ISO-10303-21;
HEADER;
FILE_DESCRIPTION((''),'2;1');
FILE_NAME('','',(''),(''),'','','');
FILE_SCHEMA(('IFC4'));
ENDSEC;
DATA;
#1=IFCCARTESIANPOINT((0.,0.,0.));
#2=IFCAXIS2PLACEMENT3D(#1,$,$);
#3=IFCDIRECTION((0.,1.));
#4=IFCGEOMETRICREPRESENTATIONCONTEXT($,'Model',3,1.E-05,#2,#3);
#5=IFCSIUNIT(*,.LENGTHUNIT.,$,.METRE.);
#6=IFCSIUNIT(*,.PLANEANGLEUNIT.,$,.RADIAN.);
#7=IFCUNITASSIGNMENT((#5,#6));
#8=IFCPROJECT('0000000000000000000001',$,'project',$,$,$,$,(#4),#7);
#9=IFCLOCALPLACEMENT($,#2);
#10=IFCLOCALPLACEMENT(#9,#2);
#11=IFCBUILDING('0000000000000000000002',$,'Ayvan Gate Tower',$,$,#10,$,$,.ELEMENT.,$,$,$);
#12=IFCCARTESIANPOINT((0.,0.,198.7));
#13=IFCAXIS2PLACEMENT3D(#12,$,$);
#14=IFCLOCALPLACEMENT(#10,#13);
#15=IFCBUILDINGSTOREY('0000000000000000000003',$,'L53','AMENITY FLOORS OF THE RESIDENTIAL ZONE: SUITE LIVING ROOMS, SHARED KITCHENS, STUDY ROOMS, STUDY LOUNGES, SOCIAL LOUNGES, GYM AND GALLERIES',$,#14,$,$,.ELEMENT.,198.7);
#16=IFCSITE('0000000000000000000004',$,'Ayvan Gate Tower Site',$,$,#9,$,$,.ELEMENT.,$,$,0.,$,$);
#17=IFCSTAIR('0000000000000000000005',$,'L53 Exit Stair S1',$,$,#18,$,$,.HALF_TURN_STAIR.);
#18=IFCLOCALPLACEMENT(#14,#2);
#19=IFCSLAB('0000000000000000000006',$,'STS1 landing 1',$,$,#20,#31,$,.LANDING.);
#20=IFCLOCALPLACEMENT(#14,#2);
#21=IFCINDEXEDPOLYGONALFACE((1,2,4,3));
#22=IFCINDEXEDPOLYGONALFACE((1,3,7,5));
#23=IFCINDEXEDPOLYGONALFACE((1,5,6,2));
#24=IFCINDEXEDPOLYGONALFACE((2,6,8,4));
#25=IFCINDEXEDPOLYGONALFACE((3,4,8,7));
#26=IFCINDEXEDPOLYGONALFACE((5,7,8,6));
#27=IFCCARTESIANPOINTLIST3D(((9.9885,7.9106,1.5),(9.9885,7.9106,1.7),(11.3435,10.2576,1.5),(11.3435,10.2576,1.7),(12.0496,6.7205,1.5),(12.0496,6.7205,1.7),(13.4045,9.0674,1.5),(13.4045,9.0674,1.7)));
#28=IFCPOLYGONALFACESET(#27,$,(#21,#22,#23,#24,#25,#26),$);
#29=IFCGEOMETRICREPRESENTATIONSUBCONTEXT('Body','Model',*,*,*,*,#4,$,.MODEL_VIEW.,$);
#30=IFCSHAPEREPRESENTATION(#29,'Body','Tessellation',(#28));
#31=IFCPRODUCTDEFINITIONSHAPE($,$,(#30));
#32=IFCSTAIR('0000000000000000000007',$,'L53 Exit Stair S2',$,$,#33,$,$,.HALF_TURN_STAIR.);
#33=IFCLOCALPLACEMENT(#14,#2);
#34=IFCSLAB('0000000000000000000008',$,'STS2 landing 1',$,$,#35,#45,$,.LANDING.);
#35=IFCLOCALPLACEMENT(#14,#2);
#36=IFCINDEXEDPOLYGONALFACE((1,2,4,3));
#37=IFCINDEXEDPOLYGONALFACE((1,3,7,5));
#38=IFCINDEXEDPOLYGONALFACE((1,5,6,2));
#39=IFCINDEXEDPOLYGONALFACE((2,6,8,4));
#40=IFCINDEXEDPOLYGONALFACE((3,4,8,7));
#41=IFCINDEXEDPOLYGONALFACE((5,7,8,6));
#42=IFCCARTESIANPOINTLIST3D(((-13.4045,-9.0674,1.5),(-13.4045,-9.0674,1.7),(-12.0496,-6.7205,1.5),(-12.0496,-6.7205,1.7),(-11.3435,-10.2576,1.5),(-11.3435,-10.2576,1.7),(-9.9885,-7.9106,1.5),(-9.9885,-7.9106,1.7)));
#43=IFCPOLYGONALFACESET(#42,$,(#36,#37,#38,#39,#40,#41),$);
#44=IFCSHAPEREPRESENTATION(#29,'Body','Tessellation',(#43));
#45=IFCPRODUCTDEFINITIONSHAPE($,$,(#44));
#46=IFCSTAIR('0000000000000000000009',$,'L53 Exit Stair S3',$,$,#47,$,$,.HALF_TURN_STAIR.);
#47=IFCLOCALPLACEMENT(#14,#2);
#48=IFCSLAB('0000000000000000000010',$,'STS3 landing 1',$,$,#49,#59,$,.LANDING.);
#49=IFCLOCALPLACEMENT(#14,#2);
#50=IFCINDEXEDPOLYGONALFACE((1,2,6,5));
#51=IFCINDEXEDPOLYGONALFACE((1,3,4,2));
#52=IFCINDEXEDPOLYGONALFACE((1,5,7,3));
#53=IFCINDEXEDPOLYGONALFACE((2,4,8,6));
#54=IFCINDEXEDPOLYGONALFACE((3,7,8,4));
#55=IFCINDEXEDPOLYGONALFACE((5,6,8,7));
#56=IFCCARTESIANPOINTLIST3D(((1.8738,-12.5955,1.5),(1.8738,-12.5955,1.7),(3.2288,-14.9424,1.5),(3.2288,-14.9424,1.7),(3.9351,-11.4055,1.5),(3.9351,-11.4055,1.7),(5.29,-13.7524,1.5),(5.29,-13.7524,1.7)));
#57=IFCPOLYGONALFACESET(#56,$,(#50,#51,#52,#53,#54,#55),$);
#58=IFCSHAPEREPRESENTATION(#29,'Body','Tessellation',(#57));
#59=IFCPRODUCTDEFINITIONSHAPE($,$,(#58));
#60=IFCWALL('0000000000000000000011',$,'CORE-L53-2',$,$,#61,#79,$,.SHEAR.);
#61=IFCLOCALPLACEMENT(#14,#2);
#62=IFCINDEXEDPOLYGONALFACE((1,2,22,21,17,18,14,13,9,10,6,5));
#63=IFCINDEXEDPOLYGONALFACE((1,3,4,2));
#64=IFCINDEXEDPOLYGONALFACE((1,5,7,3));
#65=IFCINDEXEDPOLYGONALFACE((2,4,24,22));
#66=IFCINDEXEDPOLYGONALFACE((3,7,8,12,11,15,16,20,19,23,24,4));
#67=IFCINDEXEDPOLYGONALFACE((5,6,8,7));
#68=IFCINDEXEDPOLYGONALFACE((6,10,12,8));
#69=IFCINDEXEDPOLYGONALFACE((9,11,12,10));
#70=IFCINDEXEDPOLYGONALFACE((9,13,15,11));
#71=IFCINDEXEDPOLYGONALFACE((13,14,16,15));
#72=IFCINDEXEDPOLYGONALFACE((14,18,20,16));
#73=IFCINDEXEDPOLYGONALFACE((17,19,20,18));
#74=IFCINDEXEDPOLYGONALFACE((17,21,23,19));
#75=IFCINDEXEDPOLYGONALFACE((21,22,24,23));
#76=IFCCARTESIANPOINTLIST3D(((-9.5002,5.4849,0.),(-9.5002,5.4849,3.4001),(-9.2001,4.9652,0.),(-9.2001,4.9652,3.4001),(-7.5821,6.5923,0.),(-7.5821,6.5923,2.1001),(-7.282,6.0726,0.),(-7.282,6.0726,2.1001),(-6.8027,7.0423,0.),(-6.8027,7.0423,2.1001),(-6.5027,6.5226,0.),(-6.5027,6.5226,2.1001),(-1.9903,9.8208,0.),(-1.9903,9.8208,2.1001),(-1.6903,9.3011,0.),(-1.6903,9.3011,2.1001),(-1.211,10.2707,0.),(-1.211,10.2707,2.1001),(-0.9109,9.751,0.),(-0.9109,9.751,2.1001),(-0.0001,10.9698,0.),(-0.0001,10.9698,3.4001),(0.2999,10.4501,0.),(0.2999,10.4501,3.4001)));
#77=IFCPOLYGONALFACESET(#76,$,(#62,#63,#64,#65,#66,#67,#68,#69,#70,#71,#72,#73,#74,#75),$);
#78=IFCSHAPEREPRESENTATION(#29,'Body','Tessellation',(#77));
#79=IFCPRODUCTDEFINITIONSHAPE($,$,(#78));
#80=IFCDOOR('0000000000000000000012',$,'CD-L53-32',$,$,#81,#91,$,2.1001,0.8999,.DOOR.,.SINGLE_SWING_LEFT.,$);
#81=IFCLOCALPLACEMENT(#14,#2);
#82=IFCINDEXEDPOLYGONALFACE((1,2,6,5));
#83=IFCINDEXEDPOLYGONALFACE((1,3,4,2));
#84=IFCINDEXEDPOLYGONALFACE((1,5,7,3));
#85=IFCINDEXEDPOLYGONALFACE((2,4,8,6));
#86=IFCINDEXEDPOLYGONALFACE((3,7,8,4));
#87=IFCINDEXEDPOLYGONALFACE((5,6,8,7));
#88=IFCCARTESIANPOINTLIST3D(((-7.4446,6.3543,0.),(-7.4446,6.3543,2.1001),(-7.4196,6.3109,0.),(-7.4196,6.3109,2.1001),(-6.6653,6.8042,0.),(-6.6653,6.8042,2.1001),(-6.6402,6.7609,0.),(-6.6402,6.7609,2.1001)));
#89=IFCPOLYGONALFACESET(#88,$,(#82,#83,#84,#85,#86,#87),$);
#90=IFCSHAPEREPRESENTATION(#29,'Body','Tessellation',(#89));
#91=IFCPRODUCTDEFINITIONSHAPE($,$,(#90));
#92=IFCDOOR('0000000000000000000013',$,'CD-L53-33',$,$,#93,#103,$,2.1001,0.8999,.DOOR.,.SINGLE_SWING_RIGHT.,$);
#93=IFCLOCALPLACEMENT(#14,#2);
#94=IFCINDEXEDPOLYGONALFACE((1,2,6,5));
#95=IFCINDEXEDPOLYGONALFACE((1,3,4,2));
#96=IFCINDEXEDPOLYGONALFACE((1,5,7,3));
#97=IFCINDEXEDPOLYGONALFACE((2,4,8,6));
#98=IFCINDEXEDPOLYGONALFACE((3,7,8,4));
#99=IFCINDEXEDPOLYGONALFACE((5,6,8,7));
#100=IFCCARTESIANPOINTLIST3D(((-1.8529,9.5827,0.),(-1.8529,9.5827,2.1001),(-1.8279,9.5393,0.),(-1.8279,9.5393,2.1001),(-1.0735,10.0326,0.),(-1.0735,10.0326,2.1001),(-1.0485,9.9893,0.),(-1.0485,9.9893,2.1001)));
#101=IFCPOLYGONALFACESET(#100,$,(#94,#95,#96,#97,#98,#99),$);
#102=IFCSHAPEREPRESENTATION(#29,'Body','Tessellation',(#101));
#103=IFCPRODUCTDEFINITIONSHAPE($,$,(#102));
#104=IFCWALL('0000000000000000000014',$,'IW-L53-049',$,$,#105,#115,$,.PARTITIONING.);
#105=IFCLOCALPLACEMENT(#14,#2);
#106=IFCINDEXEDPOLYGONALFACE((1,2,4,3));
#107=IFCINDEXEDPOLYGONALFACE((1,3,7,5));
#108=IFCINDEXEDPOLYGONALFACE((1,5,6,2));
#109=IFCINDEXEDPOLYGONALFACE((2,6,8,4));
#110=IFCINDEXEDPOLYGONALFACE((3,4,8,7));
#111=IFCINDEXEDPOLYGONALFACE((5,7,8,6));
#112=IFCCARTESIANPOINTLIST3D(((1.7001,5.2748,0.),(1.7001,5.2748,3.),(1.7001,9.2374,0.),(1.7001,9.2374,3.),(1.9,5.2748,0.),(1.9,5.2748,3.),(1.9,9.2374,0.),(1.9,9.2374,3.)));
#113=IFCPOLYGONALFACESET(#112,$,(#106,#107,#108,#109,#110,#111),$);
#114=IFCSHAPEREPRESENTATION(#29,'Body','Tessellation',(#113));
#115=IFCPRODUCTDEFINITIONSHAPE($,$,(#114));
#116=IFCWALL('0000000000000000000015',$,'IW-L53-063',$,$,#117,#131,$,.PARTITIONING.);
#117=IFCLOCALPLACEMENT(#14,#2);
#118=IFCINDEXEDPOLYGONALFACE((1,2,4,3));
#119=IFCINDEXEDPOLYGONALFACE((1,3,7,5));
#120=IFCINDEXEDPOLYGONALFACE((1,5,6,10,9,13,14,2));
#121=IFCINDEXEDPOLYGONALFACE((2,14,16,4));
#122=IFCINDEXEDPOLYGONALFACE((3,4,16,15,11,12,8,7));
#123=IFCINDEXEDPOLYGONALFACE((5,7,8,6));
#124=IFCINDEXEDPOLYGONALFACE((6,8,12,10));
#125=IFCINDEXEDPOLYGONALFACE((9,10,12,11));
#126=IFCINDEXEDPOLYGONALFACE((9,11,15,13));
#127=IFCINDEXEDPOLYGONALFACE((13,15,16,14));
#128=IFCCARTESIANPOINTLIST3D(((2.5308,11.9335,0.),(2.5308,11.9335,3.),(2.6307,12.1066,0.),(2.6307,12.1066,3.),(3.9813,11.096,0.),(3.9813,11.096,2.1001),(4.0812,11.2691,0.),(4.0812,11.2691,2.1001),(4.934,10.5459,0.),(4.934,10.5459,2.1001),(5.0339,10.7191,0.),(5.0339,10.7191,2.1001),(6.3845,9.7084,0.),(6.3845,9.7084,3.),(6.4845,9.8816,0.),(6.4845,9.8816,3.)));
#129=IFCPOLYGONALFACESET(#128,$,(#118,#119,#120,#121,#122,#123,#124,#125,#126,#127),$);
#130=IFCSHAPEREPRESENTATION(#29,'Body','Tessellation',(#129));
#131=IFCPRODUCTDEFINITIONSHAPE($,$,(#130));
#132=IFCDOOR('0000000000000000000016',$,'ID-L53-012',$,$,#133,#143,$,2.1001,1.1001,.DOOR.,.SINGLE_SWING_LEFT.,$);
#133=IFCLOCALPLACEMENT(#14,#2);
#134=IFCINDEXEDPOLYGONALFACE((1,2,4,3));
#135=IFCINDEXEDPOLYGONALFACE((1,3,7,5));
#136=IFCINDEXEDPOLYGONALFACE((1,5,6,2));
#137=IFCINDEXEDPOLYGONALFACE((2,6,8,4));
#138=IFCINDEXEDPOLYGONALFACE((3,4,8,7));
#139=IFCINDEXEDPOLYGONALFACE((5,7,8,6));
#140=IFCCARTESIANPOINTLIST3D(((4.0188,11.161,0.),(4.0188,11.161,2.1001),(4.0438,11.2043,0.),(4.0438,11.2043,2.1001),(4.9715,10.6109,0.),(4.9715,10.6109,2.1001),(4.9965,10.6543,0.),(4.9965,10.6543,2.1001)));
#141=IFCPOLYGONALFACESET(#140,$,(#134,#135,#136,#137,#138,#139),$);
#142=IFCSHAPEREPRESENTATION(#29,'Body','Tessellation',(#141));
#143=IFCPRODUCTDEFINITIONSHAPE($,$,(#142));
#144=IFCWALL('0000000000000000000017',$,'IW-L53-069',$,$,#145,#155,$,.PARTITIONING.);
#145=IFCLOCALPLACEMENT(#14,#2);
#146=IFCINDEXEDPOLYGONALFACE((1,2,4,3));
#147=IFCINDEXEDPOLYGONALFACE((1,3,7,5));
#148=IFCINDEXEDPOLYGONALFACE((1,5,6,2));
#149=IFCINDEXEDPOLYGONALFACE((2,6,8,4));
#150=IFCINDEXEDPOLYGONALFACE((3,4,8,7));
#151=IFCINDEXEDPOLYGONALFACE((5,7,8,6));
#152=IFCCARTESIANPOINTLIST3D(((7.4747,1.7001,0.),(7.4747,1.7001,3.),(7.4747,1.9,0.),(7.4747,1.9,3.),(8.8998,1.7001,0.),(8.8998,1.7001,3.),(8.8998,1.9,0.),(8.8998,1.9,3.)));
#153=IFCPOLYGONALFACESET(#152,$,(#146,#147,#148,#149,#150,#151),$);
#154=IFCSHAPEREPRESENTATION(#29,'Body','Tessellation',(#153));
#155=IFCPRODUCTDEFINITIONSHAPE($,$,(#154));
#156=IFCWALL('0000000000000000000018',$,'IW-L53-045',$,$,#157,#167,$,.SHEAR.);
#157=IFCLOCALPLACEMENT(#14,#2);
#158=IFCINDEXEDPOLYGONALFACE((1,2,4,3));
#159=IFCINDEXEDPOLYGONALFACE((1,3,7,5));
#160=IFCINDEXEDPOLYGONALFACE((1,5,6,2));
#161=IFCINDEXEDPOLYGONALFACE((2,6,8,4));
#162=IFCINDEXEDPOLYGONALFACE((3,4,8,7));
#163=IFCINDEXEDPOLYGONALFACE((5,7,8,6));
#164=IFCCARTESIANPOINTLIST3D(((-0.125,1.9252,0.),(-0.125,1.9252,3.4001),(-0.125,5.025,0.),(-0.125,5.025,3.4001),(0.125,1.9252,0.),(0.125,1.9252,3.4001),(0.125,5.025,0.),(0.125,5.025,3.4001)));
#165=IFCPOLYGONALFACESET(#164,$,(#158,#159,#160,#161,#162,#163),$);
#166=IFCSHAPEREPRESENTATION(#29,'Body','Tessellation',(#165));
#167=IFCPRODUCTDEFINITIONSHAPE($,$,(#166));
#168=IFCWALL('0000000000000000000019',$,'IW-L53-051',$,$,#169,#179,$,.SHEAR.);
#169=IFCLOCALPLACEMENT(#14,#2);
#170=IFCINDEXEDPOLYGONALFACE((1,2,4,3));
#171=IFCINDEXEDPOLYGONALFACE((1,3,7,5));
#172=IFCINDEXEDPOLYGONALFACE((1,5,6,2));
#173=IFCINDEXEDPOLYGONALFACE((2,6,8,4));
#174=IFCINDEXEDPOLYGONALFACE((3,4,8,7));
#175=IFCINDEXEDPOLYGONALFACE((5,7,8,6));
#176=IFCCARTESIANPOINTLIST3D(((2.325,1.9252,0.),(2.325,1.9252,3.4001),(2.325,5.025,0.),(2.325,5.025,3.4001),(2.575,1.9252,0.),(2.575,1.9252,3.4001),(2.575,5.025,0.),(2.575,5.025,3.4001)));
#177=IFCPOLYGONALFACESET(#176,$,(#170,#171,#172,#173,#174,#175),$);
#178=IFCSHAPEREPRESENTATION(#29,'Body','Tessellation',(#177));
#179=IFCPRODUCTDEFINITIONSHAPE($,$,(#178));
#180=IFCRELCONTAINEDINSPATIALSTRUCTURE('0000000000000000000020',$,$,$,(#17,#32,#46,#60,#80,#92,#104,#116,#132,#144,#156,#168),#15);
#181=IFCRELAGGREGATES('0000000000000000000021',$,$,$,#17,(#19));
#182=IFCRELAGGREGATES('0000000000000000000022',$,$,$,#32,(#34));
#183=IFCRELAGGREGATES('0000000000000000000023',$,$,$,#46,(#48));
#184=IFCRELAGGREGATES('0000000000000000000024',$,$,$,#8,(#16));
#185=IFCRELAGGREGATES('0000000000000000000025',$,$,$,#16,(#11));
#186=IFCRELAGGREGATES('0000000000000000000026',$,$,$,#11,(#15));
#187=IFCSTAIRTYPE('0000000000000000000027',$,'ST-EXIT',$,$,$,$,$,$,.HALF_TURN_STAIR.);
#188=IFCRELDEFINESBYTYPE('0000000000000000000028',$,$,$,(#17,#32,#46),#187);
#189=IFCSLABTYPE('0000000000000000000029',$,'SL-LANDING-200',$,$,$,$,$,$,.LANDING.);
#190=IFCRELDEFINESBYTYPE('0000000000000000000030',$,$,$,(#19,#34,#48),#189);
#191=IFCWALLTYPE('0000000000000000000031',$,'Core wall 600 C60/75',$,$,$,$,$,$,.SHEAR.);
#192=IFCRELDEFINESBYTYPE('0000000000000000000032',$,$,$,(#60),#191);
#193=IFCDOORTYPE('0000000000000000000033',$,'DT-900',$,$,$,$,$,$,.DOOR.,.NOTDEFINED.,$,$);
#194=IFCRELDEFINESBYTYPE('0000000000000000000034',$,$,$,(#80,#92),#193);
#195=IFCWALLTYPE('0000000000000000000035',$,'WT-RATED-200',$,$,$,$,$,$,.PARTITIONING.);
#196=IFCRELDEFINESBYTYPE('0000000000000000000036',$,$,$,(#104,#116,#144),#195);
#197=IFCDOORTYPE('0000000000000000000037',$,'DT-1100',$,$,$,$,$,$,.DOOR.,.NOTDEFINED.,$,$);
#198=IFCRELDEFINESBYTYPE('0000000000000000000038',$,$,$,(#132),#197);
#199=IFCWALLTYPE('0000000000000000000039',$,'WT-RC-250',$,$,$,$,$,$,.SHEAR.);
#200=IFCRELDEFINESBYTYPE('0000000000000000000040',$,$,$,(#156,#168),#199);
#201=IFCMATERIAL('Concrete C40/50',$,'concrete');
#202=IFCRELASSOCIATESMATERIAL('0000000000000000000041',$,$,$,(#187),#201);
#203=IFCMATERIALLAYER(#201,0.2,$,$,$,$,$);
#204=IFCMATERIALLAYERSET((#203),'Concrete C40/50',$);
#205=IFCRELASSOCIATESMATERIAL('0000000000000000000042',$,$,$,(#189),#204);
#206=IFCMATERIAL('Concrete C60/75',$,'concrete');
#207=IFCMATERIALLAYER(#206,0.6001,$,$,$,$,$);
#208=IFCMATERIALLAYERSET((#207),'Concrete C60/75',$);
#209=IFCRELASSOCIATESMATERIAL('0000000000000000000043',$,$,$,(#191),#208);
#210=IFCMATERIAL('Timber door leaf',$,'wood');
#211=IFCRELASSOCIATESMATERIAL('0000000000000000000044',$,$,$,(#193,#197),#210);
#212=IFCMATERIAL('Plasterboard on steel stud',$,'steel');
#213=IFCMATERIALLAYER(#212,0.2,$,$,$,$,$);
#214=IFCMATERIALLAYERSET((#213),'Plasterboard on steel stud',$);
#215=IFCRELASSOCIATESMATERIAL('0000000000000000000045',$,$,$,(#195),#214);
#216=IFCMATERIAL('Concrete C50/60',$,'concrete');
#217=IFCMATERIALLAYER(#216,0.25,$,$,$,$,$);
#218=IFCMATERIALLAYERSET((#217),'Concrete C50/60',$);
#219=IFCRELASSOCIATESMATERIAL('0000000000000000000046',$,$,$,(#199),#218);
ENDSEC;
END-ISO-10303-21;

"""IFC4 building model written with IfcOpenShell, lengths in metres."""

from ifc_helpers import new_model, si_unit, direction, frame, frame_2d, origin, place, context, subcontext, project, spatial, polyline, rectangle, outline, extrude, material, layer, layer_set, type_object, element, fill, aggregate, save


model = new_model("IFC4")

# Units and contexts
model_context = context("Model", 3, precision=1e-05, world=origin(), true_north=direction((0.0, 1.0)))
body_context = subcontext(model_context, "Body", "Model", "MODEL_VIEW")
ifc_project = project(units=[si_unit("LENGTHUNIT", "METRE"), si_unit("PLANEANGLEUNIT", "RADIAN")], contexts=[model_context])

# Site, building, storey
site_placement = place(None, origin())
site = spatial("IfcSite", under=ifc_project, at=site_placement, Name="Ayvan Gate Tower Site", CompositionType="ELEMENT", RefElevation=0.0)
building_placement = place(site_placement, origin())
building = spatial("IfcBuilding", under=site, at=building_placement, Name="Ayvan Gate Tower", CompositionType="ELEMENT")
storey_placement = place(building_placement, frame((0.0, 0.0, 198.7)))
storey = spatial("IfcBuildingStorey", under=building, at=storey_placement, Name="L53", Description="AMENITY FLOORS OF THE RESIDENTIAL ZONE: SUITE LIVING ROOMS, SHARED KITCHENS, STUDY ROOMS, STUDY LOUNGES, SOCIAL LOUNGES, GYM AND GALLERIES", CompositionType="ELEMENT", Elevation=198.7)

# Stairs, slabs
ifc_material_1 = material(Name="Concrete C40/50", Category="concrete")
stair_type = type_object("IfcStairType", Name="ST-EXIT", PredefinedType="HALF_TURN_STAIR", material=ifc_material_1)
stair_1_placement = place(storey_placement, origin())
stair_1 = element("IfcStair", 1, at=stair_1_placement, inside=storey, type_object=stair_type, Name="L53 Exit Stair S1", PredefinedType="HALF_TURN_STAIR")
ifc_layer_1 = layer(ifc_material_1, 0.2)
ifc_layer_set_1 = layer_set([ifc_layer_1], Name="Concrete C40/50")
slab_type = type_object("IfcSlabType", Name="SL-LANDING-200", PredefinedType="LANDING", material=ifc_layer_set_1)
slab_1_placement = place(storey_placement, frame((0.0, 0.0, 1.5)))
slab_1 = element("IfcSlab", 2, at=slab_1_placement, type_object=slab_type, Name="STS1 landing 1", PredefinedType="LANDING", context=body_context, shape_type="SweptSolid", body=[
    extrude(outline(polyline([(9.9885, 7.9106), (12.0496, 6.7205), (13.4045, 9.0674), (11.3435, 10.2576), (9.9885, 7.9106)])), origin(), (0.0, 0.0, 1.0), 0.2),
])
aggregate(stair_1, [slab_1])
stair_2_placement = place(storey_placement, origin())
stair_2 = element("IfcStair", 3, at=stair_2_placement, inside=storey, type_object=stair_type, Name="L53 Exit Stair S2", PredefinedType="HALF_TURN_STAIR")
slab_2_placement = place(storey_placement, frame((0.0, 0.0, 1.5)))
slab_2 = element("IfcSlab", 4, at=slab_2_placement, type_object=slab_type, Name="STS2 landing 1", PredefinedType="LANDING", context=body_context, shape_type="SweptSolid", body=[
    extrude(outline(polyline([(-9.9885, -7.9106), (-12.0496, -6.7205), (-13.4045, -9.0674), (-11.3435, -10.2576), (-9.9885, -7.9106)])), origin(), (0.0, 0.0, 1.0), 0.2),
])
aggregate(stair_2, [slab_2])
stair_3_placement = place(storey_placement, origin())
stair_3 = element("IfcStair", 5, at=stair_3_placement, inside=storey, type_object=stair_type, Name="L53 Exit Stair S3", PredefinedType="HALF_TURN_STAIR")
slab_3_placement = place(storey_placement, frame((0.0, 0.0, 1.5)))
slab_3 = element("IfcSlab", 6, at=slab_3_placement, type_object=slab_type, Name="STS3 landing 1", PredefinedType="LANDING", context=body_context, shape_type="SweptSolid", body=[
    extrude(outline(polyline([(3.9351, -11.4055), (1.8738, -12.5955), (3.2288, -14.9424), (5.29, -13.7524), (3.9351, -11.4055)])), origin(), (0.0, 0.0, 1.0), 0.2),
])
aggregate(stair_3, [slab_3])

# Wall, openings, doors
ifc_material_2 = material(Name="Concrete C60/75", Category="concrete")
ifc_layer_2 = layer(ifc_material_2, 0.6001)
ifc_layer_set_2 = layer_set([ifc_layer_2], Name="Concrete C60/75")
wall_type_1 = type_object("IfcWallType", Name="Core wall 600 C60/75", PredefinedType="SHEAR", material=ifc_layer_set_2)
wall_1_placement = place(storey_placement, frame((0.1499, 10.71, 0.0), z_axis=(0.0, 0.0, 1.0), x_axis=(-0.866024, -0.500002, 0.0)))
wall_1 = element("IfcWall", 7, at=wall_1_placement, inside=storey, type_object=wall_type_1, Name="CORE-L53-2", PredefinedType="SHEAR", context=body_context, shape_type="SweptSolid", body=[
    extrude(rectangle(XDim=10.9697, YDim=0.6001, at=frame_2d((5.4849, 0.0))), origin(), (0.0, 0.0, 1.0), 3.4001),
])
opening_1_placement = place(wall_1_placement, frame((7.855, 0.0, 0.0)))
opening_1 = element("IfcOpeningElement", 8, at=opening_1_placement, cuts=wall_1, PredefinedType="OPENING", context=body_context, shape_type="SweptSolid", body=[
    extrude(rectangle(XDim=0.8999, YDim=2.1001, at=frame_2d((0.45, 1.05))), frame((0.0, 0.3101, 0.0), z_axis=(0.0, -1.0, 0.0), x_axis=(1.0, 0.0, 0.0)), (0.0, 0.0, 1.0), 0.6201),
])
opening_2_placement = place(wall_1_placement, frame((1.3982, 0.0, 0.0)))
opening_2 = element("IfcOpeningElement", 9, at=opening_2_placement, cuts=wall_1, PredefinedType="OPENING", context=body_context, shape_type="SweptSolid", body=[
    extrude(rectangle(XDim=0.8999, YDim=2.1001, at=frame_2d((0.45, 1.05))), frame((0.0, 0.3101, 0.0), z_axis=(0.0, -1.0, 0.0), x_axis=(1.0, 0.0, 0.0)), (0.0, 0.0, 1.0), 0.6201),
])
ifc_material_3 = material(Name="Timber door leaf", Category="wood")
door_type_1 = type_object("IfcDoorType", Name="DT-900", OperationType="NOTDEFINED", PredefinedType="DOOR", material=ifc_material_3)
door_1_placement = place(opening_1_placement, origin())
door_1 = element("IfcDoor", 10, at=door_1_placement, inside=storey, type_object=door_type_1, Name="CD-L53-32", OperationType="SINGLE_SWING_LEFT", OverallHeight=2.1001, OverallWidth=0.8999, PredefinedType="DOOR", context=body_context, shape_type="SweptSolid", body=[
    extrude(rectangle(XDim=0.8999, YDim=2.1001, at=frame_2d((0.45, 1.05))), frame((0.0, 0.0249, 0.0), z_axis=(0.0, -1.0, 0.0), x_axis=(1.0, 0.0, 0.0)), (0.0, 0.0, 1.0), 0.05),
])
fill(opening_1, door_1)
door_2_placement = place(opening_2_placement, origin())
door_2 = element("IfcDoor", 11, at=door_2_placement, inside=storey, type_object=door_type_1, Name="CD-L53-33", OperationType="SINGLE_SWING_RIGHT", OverallHeight=2.1001, OverallWidth=0.8999, PredefinedType="DOOR", context=body_context, shape_type="SweptSolid", body=[
    extrude(rectangle(XDim=0.8999, YDim=2.1001, at=frame_2d((0.45, 1.05))), frame((0.0, 0.0249, 0.0), z_axis=(0.0, -1.0, 0.0), x_axis=(1.0, 0.0, 0.0)), (0.0, 0.0, 1.0), 0.05),
])
fill(opening_2, door_2)

# Wall
ifc_material_4 = material(Name="Plasterboard on steel stud", Category="steel")
ifc_layer_3 = layer(ifc_material_4, 0.2)
ifc_layer_set_3 = layer_set([ifc_layer_3], Name="Plasterboard on steel stud")
wall_type_2 = type_object("IfcWallType", Name="WT-RATED-200", PredefinedType="PARTITIONING", material=ifc_layer_set_3)
wall_2_placement = place(storey_placement, frame((1.8, 9.2375, 0.0), z_axis=(0.0, 0.0, 1.0), x_axis=(0.0, -1.0, 0.0)))
element("IfcWall", 12, at=wall_2_placement, inside=storey, type_object=wall_type_2, Name="IW-L53-049", PredefinedType="PARTITIONING", context=body_context, shape_type="SweptSolid", body=[
    extrude(rectangle(XDim=3.9626, YDim=0.2, at=frame_2d((1.9814, 0.0))), origin(), (0.0, 0.0, 1.0), 3.0),
])

# Wall, opening, door
wall_3_placement = place(storey_placement, frame((6.4346, 9.7949, 0.0), z_axis=(0.0, 0.0, 1.0), x_axis=(-0.866013, 0.500022, 0.0)))
wall_3 = element("IfcWall", 13, at=wall_3_placement, inside=storey, type_object=wall_type_2, Name="IW-L53-063", PredefinedType="PARTITIONING", context=body_context, shape_type="SweptSolid", body=[
    extrude(rectangle(XDim=4.45, YDim=0.2, at=frame_2d((2.2251, 0.0))), origin(), (0.0, 0.0, 1.0), 3.0),
])
opening_3_placement = place(wall_3_placement, frame((1.675, 0.0, 0.0)))
opening_3 = element("IfcOpeningElement", 14, at=opening_3_placement, cuts=wall_3, PredefinedType="OPENING", context=body_context, shape_type="SweptSolid", body=[
    extrude(rectangle(XDim=1.1001, YDim=2.1001, at=frame_2d((0.55, 1.05))), frame((0.0, 0.1099, 0.0), z_axis=(0.0, -1.0, 0.0), x_axis=(1.0, 0.0, 0.0)), (0.0, 0.0, 1.0), 0.22),
])
door_type_2 = type_object("IfcDoorType", Name="DT-1100", OperationType="NOTDEFINED", PredefinedType="DOOR", material=ifc_material_3)
door_3_placement = place(opening_3_placement, origin())
door_3 = element("IfcDoor", 15, at=door_3_placement, inside=storey, type_object=door_type_2, Name="ID-L53-012", OperationType="SINGLE_SWING_LEFT", OverallHeight=2.1001, OverallWidth=1.1001, PredefinedType="DOOR", context=body_context, shape_type="SweptSolid", body=[
    extrude(rectangle(XDim=1.1001, YDim=2.1001, at=frame_2d((0.55, 1.05))), frame((0.0, 0.0249, 0.0), z_axis=(0.0, -1.0, 0.0), x_axis=(1.0, 0.0, 0.0)), (0.0, 0.0, 1.0), 0.05),
])
fill(opening_3, door_3)

# Walls
wall_4_placement = place(storey_placement, frame((7.4749, 1.8, 0.0), z_axis=(0.0, 0.0, 1.0), x_axis=(1.0, 0.0, 0.0)))
element("IfcWall", 16, at=wall_4_placement, inside=storey, type_object=wall_type_2, Name="IW-L53-069", PredefinedType="PARTITIONING", context=body_context, shape_type="SweptSolid", body=[
    extrude(rectangle(XDim=1.425, YDim=0.2, at=frame_2d((0.7124, 0.0))), origin(), (0.0, 0.0, 1.0), 3.0),
])
ifc_material_5 = material(Name="Concrete C50/60", Category="concrete")
ifc_layer_4 = layer(ifc_material_5, 0.25)
ifc_layer_set_4 = layer_set([ifc_layer_4], Name="Concrete C50/60")
wall_type_3 = type_object("IfcWallType", Name="WT-RC-250", PredefinedType="SHEAR", material=ifc_layer_set_4)
for number, where, z_axis, x_axis, name in (
    (17, (0.0, 5.0249, 0.0), (0.0, 0.0, 1.0), (0.0, -1.0, 0.0), "IW-L53-045"),
    (18, (2.45, 5.0249, 0.0), (0.0, 0.0, 1.0), (0.0, -1.0, 0.0), "IW-L53-051"),
):
    element("IfcWall", number, at=place(storey_placement, frame(where, z_axis=z_axis, x_axis=x_axis)), inside=storey, type_object=wall_type_3, Name=name, PredefinedType="SHEAR", context=body_context, shape_type="SweptSolid", body=[
        extrude(rectangle(XDim=3.0999, YDim=0.25, at=frame_2d((1.5498, 0.0))), origin(), (0.0, 0.0, 1.0), 3.4001),
    ])

save(model, "model.ifc")
